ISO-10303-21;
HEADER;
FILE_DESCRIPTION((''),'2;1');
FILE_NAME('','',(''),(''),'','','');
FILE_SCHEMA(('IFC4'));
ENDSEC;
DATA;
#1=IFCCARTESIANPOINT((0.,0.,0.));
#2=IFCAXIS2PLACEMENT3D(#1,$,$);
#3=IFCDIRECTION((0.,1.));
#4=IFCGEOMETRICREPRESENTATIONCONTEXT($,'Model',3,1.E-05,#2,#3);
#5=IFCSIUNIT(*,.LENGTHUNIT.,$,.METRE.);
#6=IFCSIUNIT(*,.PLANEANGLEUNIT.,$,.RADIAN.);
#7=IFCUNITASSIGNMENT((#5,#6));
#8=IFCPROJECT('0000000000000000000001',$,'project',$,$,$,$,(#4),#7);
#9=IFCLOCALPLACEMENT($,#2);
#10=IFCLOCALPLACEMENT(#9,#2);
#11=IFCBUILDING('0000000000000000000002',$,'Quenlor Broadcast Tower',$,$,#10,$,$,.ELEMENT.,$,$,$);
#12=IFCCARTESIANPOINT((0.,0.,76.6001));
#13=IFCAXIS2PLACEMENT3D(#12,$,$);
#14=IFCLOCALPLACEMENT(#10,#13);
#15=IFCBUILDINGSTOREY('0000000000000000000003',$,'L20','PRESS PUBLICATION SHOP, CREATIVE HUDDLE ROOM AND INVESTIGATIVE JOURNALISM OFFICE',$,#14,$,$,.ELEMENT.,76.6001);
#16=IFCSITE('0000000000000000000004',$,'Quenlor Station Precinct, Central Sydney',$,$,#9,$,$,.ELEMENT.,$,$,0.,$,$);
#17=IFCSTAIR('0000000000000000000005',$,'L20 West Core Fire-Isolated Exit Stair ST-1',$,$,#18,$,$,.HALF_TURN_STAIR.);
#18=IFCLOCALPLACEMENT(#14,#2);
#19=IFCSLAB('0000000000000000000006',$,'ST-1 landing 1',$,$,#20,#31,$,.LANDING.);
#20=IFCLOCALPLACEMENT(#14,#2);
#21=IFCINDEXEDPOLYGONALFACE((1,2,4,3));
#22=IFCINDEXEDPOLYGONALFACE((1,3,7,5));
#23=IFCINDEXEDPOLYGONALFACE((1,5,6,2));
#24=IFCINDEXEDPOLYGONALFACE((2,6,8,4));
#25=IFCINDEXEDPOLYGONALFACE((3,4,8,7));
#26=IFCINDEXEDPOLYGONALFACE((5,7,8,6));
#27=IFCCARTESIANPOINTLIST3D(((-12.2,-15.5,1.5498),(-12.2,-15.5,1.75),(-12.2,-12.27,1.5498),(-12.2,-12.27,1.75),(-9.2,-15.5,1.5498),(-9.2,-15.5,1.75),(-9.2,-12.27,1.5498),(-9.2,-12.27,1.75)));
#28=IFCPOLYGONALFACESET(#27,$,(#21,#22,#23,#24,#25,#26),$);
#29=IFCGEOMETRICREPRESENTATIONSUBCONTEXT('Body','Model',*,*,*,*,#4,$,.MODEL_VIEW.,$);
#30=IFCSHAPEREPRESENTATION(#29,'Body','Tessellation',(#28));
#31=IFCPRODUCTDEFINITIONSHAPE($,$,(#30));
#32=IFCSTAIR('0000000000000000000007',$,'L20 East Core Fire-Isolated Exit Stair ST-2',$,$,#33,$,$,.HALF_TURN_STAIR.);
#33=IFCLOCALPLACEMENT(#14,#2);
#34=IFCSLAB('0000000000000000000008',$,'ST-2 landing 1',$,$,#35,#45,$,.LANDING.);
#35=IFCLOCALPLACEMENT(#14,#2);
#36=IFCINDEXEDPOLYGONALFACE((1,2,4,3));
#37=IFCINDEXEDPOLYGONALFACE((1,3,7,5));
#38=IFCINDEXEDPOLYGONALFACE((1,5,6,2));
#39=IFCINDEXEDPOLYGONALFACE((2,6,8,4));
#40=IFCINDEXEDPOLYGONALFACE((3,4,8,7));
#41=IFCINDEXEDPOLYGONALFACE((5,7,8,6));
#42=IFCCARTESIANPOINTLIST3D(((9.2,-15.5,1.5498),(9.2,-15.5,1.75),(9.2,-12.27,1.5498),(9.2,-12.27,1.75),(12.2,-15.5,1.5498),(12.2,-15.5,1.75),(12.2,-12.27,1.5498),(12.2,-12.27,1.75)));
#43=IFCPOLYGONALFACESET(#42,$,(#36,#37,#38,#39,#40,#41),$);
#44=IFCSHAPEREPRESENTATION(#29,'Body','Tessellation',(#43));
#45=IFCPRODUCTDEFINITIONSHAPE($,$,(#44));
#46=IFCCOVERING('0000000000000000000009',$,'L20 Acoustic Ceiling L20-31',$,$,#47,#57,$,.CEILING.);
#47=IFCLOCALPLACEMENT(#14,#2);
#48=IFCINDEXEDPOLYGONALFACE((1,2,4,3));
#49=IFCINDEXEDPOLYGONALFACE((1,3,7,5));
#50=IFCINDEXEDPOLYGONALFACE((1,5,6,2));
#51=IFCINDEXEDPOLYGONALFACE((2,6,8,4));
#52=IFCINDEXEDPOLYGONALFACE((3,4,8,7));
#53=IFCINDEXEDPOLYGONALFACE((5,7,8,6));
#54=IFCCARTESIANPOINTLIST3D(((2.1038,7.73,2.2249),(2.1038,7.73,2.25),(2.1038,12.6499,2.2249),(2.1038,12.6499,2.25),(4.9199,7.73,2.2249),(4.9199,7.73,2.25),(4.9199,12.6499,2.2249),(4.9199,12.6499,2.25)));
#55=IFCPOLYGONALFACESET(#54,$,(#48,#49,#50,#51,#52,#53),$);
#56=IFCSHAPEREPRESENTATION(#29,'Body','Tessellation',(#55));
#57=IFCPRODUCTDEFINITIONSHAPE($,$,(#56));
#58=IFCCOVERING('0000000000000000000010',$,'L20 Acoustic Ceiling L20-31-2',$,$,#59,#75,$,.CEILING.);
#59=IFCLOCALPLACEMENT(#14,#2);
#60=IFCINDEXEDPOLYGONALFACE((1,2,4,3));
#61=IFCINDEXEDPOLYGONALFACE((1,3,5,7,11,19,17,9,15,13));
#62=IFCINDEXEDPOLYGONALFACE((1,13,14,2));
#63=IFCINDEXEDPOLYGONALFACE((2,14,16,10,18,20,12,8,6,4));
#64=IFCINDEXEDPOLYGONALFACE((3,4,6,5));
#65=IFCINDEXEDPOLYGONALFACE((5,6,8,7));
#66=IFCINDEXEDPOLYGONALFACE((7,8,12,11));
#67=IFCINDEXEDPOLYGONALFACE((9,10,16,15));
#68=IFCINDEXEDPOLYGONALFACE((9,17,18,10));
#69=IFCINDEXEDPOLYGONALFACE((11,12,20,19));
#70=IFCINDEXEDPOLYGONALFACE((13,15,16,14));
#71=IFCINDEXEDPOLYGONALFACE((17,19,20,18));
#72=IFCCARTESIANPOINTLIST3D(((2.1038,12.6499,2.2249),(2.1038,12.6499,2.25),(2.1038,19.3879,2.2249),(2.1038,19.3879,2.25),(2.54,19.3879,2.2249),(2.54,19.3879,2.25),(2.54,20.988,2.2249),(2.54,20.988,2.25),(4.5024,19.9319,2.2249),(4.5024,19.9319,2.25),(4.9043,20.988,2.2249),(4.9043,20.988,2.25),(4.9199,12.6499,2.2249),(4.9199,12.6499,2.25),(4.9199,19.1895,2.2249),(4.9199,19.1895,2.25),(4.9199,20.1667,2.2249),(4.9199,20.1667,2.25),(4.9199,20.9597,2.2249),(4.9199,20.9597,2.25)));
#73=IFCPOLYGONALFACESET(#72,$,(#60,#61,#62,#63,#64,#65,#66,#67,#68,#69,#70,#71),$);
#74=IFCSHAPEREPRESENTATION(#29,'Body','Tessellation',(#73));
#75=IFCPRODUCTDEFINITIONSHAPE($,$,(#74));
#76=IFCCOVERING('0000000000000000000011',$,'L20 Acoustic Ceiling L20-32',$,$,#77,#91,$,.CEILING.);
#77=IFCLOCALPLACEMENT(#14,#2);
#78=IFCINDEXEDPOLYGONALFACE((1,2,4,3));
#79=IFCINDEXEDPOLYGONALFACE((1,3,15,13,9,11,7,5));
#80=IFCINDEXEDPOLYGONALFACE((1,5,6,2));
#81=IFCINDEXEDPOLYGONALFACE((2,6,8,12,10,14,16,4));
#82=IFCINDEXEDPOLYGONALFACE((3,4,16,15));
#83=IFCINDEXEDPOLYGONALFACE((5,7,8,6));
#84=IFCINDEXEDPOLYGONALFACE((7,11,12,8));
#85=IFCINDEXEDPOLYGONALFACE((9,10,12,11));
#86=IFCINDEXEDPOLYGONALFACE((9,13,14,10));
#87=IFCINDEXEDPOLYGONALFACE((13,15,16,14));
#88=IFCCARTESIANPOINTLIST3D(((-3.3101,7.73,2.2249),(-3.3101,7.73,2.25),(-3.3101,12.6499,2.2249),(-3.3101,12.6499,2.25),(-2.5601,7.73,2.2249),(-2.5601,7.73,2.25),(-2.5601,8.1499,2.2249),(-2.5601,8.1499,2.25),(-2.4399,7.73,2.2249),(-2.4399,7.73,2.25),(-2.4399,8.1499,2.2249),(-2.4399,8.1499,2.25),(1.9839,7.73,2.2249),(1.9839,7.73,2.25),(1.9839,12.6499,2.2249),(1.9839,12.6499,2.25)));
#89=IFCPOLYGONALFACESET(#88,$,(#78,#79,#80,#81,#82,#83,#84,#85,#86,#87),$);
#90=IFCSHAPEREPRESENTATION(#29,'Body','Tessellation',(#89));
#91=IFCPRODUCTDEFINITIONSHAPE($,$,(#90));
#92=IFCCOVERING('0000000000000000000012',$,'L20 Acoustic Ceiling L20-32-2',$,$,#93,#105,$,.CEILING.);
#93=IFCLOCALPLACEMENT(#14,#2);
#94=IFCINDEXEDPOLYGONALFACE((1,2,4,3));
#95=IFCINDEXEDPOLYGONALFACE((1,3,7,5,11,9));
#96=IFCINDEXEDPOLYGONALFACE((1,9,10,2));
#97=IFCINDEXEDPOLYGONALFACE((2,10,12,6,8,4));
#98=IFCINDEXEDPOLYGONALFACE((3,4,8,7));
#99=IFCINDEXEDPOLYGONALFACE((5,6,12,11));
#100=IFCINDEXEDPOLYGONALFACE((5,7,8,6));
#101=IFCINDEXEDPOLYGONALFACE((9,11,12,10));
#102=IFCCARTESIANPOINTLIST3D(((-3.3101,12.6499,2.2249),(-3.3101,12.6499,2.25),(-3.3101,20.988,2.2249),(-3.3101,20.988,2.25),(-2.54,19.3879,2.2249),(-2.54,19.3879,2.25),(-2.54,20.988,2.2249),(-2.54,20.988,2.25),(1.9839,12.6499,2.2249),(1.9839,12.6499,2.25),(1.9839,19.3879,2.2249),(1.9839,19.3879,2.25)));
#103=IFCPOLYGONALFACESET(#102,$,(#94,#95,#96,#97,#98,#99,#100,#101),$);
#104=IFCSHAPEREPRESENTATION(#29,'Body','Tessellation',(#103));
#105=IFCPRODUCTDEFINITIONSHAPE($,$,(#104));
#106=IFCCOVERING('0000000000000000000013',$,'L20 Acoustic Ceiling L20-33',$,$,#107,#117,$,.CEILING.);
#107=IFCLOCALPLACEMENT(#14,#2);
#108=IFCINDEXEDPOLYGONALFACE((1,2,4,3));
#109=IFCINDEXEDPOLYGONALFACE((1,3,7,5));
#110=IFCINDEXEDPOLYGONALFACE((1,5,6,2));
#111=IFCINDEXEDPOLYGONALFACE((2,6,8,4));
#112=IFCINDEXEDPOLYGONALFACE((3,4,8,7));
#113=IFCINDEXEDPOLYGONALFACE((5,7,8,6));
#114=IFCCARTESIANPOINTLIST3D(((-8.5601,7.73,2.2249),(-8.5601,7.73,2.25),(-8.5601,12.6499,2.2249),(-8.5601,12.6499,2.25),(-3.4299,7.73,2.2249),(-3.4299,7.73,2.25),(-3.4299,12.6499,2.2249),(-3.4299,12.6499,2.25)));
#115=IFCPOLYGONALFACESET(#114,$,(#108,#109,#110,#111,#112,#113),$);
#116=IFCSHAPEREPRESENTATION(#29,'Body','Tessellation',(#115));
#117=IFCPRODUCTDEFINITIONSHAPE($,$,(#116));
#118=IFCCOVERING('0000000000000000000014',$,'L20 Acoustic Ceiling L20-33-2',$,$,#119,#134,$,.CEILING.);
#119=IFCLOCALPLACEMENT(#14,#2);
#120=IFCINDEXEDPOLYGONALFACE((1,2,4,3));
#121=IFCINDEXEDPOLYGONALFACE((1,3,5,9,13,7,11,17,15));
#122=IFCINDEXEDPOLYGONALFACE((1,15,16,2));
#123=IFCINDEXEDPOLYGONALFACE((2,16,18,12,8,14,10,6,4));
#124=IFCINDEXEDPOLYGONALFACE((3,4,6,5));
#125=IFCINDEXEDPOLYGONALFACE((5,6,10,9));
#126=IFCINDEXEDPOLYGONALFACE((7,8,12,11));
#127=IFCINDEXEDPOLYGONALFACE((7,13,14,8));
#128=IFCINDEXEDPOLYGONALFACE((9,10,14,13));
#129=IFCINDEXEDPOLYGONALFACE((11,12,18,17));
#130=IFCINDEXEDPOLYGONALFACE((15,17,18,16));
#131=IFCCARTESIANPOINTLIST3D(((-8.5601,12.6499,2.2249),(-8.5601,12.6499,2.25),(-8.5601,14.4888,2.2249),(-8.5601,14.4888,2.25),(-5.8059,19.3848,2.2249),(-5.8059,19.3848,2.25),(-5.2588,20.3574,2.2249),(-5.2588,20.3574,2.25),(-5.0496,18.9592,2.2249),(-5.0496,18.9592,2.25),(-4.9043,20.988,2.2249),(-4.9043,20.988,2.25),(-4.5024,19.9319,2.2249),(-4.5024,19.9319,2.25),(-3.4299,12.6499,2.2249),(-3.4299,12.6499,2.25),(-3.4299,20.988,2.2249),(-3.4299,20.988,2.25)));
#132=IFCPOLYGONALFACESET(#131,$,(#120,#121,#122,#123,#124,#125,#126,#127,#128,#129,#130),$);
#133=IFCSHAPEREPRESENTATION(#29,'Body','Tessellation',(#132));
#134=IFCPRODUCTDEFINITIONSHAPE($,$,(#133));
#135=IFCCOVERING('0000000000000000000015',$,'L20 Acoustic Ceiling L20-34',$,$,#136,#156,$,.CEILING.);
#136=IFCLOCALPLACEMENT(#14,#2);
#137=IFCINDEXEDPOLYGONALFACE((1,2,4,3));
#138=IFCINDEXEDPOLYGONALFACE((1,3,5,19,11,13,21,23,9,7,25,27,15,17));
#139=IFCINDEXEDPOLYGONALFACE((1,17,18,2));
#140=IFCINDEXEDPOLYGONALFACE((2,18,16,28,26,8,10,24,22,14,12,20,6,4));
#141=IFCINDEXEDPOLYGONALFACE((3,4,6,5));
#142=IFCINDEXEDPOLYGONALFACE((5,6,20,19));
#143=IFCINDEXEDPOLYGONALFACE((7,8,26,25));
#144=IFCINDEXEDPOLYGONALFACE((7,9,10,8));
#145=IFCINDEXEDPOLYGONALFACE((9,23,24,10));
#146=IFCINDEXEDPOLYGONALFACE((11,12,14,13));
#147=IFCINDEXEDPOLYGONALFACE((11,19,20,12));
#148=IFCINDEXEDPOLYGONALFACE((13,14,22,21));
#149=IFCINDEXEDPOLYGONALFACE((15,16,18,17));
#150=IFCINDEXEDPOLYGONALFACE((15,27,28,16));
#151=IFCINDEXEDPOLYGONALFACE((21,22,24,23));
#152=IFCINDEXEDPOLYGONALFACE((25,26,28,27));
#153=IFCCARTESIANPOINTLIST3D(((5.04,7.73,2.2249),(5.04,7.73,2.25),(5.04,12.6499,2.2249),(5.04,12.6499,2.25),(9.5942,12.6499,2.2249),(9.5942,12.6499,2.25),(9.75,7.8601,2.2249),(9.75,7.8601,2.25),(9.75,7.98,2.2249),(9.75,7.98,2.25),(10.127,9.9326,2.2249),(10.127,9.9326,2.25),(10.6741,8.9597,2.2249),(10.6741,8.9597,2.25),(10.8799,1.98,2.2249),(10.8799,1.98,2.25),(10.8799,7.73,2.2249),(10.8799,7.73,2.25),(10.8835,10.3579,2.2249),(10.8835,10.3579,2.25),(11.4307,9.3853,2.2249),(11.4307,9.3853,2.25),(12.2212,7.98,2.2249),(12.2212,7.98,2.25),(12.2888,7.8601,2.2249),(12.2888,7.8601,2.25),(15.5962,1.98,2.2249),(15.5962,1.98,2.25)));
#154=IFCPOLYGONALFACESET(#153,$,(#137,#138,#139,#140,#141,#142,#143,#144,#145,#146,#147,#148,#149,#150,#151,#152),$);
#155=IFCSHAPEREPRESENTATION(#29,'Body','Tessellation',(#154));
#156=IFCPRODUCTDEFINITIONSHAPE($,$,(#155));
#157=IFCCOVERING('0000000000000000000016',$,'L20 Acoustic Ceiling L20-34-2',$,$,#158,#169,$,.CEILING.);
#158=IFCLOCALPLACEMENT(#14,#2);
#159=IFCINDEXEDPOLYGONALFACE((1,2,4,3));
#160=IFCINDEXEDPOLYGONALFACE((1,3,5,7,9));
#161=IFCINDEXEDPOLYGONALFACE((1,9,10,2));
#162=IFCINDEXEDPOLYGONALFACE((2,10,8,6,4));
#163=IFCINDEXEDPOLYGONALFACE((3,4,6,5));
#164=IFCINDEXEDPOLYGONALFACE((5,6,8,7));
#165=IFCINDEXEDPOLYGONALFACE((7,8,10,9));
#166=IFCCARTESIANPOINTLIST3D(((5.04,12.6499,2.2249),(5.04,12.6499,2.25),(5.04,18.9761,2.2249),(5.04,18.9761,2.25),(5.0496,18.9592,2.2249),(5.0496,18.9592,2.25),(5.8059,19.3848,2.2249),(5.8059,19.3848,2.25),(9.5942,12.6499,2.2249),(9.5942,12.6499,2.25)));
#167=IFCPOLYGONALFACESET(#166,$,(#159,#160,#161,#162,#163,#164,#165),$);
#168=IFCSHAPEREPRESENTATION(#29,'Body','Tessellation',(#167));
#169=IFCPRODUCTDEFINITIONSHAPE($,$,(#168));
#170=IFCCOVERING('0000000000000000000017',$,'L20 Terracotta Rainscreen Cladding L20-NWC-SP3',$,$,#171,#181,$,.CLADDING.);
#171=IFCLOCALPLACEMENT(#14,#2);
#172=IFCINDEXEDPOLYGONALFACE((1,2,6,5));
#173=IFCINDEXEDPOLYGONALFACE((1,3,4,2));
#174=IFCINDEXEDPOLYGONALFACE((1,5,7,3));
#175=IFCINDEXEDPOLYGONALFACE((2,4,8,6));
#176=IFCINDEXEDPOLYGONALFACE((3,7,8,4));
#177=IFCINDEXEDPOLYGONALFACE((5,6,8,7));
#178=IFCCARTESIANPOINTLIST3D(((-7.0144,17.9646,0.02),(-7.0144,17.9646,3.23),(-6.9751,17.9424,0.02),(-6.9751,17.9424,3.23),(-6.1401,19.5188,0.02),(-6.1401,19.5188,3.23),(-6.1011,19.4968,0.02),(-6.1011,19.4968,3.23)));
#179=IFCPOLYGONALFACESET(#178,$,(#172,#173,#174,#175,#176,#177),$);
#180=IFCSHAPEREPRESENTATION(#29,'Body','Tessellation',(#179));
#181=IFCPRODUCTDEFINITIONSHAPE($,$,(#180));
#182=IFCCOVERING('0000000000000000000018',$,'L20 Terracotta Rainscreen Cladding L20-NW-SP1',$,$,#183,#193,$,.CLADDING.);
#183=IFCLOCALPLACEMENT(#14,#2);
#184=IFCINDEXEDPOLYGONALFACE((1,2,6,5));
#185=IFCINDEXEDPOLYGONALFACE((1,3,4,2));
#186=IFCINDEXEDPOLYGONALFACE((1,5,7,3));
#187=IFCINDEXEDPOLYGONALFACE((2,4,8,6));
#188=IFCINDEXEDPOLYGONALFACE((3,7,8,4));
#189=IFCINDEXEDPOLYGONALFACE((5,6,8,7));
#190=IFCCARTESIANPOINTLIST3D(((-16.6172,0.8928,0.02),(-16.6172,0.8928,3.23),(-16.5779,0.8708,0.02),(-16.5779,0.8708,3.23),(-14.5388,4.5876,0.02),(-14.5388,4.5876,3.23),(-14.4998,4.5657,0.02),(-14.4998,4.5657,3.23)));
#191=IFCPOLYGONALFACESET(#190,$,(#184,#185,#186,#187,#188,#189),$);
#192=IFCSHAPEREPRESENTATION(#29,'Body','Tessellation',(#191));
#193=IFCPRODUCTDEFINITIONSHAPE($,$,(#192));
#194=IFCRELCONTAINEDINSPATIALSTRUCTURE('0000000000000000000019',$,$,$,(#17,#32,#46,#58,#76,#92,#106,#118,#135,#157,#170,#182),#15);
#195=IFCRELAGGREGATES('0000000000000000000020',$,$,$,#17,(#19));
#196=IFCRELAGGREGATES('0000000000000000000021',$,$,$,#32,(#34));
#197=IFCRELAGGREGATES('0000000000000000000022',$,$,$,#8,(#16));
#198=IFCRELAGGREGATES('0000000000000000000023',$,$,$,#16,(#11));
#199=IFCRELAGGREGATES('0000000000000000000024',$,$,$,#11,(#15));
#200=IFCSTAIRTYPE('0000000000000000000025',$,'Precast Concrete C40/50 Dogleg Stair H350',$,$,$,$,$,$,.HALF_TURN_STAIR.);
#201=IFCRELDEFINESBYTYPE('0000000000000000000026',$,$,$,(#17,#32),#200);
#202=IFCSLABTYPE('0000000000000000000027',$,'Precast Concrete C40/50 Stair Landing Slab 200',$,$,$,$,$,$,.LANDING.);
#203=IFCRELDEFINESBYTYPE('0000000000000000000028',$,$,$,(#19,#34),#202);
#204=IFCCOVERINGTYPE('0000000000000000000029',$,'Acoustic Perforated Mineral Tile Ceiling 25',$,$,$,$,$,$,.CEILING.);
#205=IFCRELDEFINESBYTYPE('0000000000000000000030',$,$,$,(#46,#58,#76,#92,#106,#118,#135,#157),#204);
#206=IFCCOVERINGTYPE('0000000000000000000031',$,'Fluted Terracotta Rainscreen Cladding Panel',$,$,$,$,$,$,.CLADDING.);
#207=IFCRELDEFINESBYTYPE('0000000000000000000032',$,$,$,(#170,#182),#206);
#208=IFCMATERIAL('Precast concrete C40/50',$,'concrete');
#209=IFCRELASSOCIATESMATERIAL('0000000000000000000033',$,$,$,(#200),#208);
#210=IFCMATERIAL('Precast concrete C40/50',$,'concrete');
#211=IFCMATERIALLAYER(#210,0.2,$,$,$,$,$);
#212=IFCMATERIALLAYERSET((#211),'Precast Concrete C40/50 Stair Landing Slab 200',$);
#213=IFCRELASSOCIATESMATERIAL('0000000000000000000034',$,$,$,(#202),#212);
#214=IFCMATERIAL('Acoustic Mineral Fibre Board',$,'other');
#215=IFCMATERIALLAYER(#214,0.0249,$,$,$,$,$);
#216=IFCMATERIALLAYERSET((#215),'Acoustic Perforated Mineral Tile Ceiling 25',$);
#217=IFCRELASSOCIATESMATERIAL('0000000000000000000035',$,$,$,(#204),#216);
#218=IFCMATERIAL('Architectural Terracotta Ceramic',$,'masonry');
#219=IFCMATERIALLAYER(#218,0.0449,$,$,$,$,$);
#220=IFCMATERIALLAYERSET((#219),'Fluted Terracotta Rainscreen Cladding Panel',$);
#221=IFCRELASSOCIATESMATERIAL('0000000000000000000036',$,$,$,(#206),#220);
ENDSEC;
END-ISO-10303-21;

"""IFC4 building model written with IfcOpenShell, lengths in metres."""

from ifc_helpers import new_model, si_unit, direction, frame, origin, place, context, subcontext, project, spatial, polyline, outline, extrude, material, layer, layer_set, type_object, element, aggregate, save


model = new_model("IFC4")

# Units and contexts
model_context = context("Model", 3, precision=1e-05, world=origin(), true_north=direction((0.0, 1.0)))
body_context = subcontext(model_context, "Body", "Model", "MODEL_VIEW")
ifc_project = project(units=[si_unit("LENGTHUNIT", "METRE"), si_unit("PLANEANGLEUNIT", "RADIAN")], contexts=[model_context])

# Site, building, storey
site_placement = place(None, origin())
site = spatial("IfcSite", under=ifc_project, at=site_placement, Name="Quenlor Station Precinct, Central Sydney", CompositionType="ELEMENT", RefElevation=0.0)
building_placement = place(site_placement, origin())
building = spatial("IfcBuilding", under=site, at=building_placement, Name="Quenlor Broadcast Tower", CompositionType="ELEMENT")
storey_placement = place(building_placement, frame((0.0, 0.0, 76.6001)))
storey = spatial("IfcBuildingStorey", under=building, at=storey_placement, Name="L20", Description="PRESS PUBLICATION SHOP, CREATIVE HUDDLE ROOM AND INVESTIGATIVE JOURNALISM OFFICE", CompositionType="ELEMENT", Elevation=76.6001)

# Stairs, slabs
ifc_material_1 = material(Name="Precast concrete C40/50", Category="concrete")
stair_type = type_object("IfcStairType", Name="Precast Concrete C40/50 Dogleg Stair H350", PredefinedType="HALF_TURN_STAIR", material=ifc_material_1)
stair_1_placement = place(storey_placement, origin())
stair_1 = element("IfcStair", 1, at=stair_1_placement, inside=storey, type_object=stair_type, Name="L20 West Core Fire-Isolated Exit Stair ST-1", PredefinedType="HALF_TURN_STAIR")
ifc_material_2 = material(Name="Precast concrete C40/50", Category="concrete")
ifc_layer_1 = layer(ifc_material_2, 0.2)
ifc_layer_set_1 = layer_set([ifc_layer_1], Name="Precast Concrete C40/50 Stair Landing Slab 200")
slab_type = type_object("IfcSlabType", Name="Precast Concrete C40/50 Stair Landing Slab 200", PredefinedType="LANDING", material=ifc_layer_set_1)
slab_1_placement = place(storey_placement, frame((0.0, 0.0, 1.5498)))
slab_1 = element("IfcSlab", 2, at=slab_1_placement, type_object=slab_type, Name="ST-1 landing 1", PredefinedType="LANDING", context=body_context, shape_type="SweptSolid", body=[
    extrude(outline(polyline([(-12.2, -12.27), (-12.2, -15.5), (-9.2, -15.5), (-9.2, -12.27), (-12.2, -12.27)])), origin(), (0.0, 0.0, 1.0), 0.2002),
])
aggregate(stair_1, [slab_1])
stair_2_placement = place(storey_placement, origin())
stair_2 = element("IfcStair", 3, at=stair_2_placement, inside=storey, type_object=stair_type, Name="L20 East Core Fire-Isolated Exit Stair ST-2", PredefinedType="HALF_TURN_STAIR")
slab_2_placement = place(storey_placement, frame((0.0, 0.0, 1.5498)))
slab_2 = element("IfcSlab", 4, at=slab_2_placement, type_object=slab_type, Name="ST-2 landing 1", PredefinedType="LANDING", context=body_context, shape_type="SweptSolid", body=[
    extrude(outline(polyline([(9.2, -12.27), (9.2, -15.5), (12.2, -15.5), (12.2, -12.27), (9.2, -12.27)])), origin(), (0.0, 0.0, 1.0), 0.2002),
])
aggregate(stair_2, [slab_2])

# Coverings
ifc_material_3 = material(Name="Acoustic Mineral Fibre Board", Category="other")
ifc_layer_2 = layer(ifc_material_3, 0.0249)
ifc_layer_set_2 = layer_set([ifc_layer_2], Name="Acoustic Perforated Mineral Tile Ceiling 25")
covering_type_1 = type_object("IfcCoveringType", Name="Acoustic Perforated Mineral Tile Ceiling 25", PredefinedType="CEILING", material=ifc_layer_set_2)
covering_1_placement = place(storey_placement, frame((0.0, 0.0, 2.2249)))
element("IfcCovering", 5, at=covering_1_placement, inside=storey, type_object=covering_type_1, Name="L20 Acoustic Ceiling L20-31", PredefinedType="CEILING", context=body_context, shape_type="SweptSolid", body=[
    extrude(outline(polyline([(4.9199, 7.73), (2.1038, 7.73), (2.1038, 12.6499), (4.9199, 12.6499), (4.9199, 7.73)])), origin(), (0.0, 0.0, 1.0), 0.0251),
])
covering_2_placement = place(storey_placement, frame((0.0, 0.0, 2.2249)))
element("IfcCovering", 6, at=covering_2_placement, inside=storey, type_object=covering_type_1, Name="L20 Acoustic Ceiling L20-31-2", PredefinedType="CEILING", context=body_context, shape_type="SweptSolid", body=[
    extrude(outline(polyline([(4.9199, 20.1667), (4.5024, 19.9319), (4.9199, 19.1895), (4.9199, 12.6499), (2.1038, 12.6499), (2.1038, 19.3879), (2.54, 19.3879), (2.54, 20.988), (4.9043, 20.988), (4.9199, 20.9597), (4.9199, 20.1667)])), origin(), (0.0, 0.0, 1.0), 0.0251),
])
covering_3_placement = place(storey_placement, frame((0.0, 0.0, 2.2249)))
element("IfcCovering", 7, at=covering_3_placement, inside=storey, type_object=covering_type_1, Name="L20 Acoustic Ceiling L20-32", PredefinedType="CEILING", context=body_context, shape_type="SweptSolid", body=[
    extrude(outline(polyline([(-2.5601, 7.73), (-3.3101, 7.73), (-3.3101, 12.6499), (1.9839, 12.6499), (1.9839, 7.73), (-2.4399, 7.73), (-2.4399, 8.1499), (-2.5601, 8.1499), (-2.5601, 7.73)])), origin(), (0.0, 0.0, 1.0), 0.0251),
])
covering_4_placement = place(storey_placement, frame((0.0, 0.0, 2.2249)))
element("IfcCovering", 8, at=covering_4_placement, inside=storey, type_object=covering_type_1, Name="L20 Acoustic Ceiling L20-32-2", PredefinedType="CEILING", context=body_context, shape_type="SweptSolid", body=[
    extrude(outline(polyline([(-3.3101, 20.988), (-2.54, 20.988), (-2.54, 19.3879), (1.9839, 19.3879), (1.9839, 12.6499), (-3.3101, 12.6499), (-3.3101, 20.988)])), origin(), (0.0, 0.0, 1.0), 0.0251),
])
covering_5_placement = place(storey_placement, frame((0.0, 0.0, 2.2249)))
element("IfcCovering", 9, at=covering_5_placement, inside=storey, type_object=covering_type_1, Name="L20 Acoustic Ceiling L20-33", PredefinedType="CEILING", context=body_context, shape_type="SweptSolid", body=[
    extrude(outline(polyline([(-3.4299, 7.73), (-8.5601, 7.73), (-8.5601, 12.6499), (-3.4299, 12.6499), (-3.4299, 7.73)])), origin(), (0.0, 0.0, 1.0), 0.0251),
])
covering_6_placement = place(storey_placement, frame((0.0, 0.0, 2.2249)))
element("IfcCovering", 10, at=covering_6_placement, inside=storey, type_object=covering_type_1, Name="L20 Acoustic Ceiling L20-33-2", PredefinedType="CEILING", context=body_context, shape_type="SweptSolid", body=[
    extrude(outline(polyline([(-5.8059, 19.3848), (-5.0496, 18.9592), (-4.5024, 19.9319), (-5.2588, 20.3574), (-4.9043, 20.988), (-3.4299, 20.988), (-3.4299, 12.6499), (-8.5601, 12.6499), (-8.5601, 14.4888), (-5.8059, 19.3848)])), origin(), (0.0, 0.0, 1.0), 0.0251),
])
covering_7_placement = place(storey_placement, frame((0.0, 0.0, 2.2249)))
element("IfcCovering", 11, at=covering_7_placement, inside=storey, type_object=covering_type_1, Name="L20 Acoustic Ceiling L20-34", PredefinedType="CEILING", context=body_context, shape_type="SweptSolid", body=[
    extrude(outline(polyline([(12.2888, 7.8601), (15.5962, 1.98), (10.8799, 1.98), (10.8799, 7.73), (5.04, 7.73), (5.04, 12.6499), (9.5942, 12.6499), (10.8835, 10.3579), (10.127, 9.9326), (10.6741, 8.9597), (11.4307, 9.3853), (12.2212, 7.98), (9.75, 7.98), (9.75, 7.8601), (12.2888, 7.8601)])), origin(), (0.0, 0.0, 1.0), 0.0251),
])
covering_8_placement = place(storey_placement, frame((0.0, 0.0, 2.2249)))
element("IfcCovering", 12, at=covering_8_placement, inside=storey, type_object=covering_type_1, Name="L20 Acoustic Ceiling L20-34-2", PredefinedType="CEILING", context=body_context, shape_type="SweptSolid", body=[
    extrude(outline(polyline([(5.04, 18.9761), (5.0496, 18.9592), (5.8059, 19.3848), (9.5942, 12.6499), (5.04, 12.6499), (5.04, 18.9761)])), origin(), (0.0, 0.0, 1.0), 0.0251),
])
ifc_material_4 = material(Name="Architectural Terracotta Ceramic", Category="masonry")
ifc_layer_3 = layer(ifc_material_4, 0.0449)
ifc_layer_set_3 = layer_set([ifc_layer_3], Name="Fluted Terracotta Rainscreen Cladding Panel")
covering_type_2 = type_object("IfcCoveringType", Name="Fluted Terracotta Rainscreen Cladding Panel", PredefinedType="CLADDING", material=ifc_layer_set_3)
covering_9_placement = place(storey_placement, frame((0.0, 0.0, 0.02)))
element("IfcCovering", 13, at=covering_9_placement, inside=storey, type_object=covering_type_2, Name="L20 Terracotta Rainscreen Cladding L20-NWC-SP3", PredefinedType="CLADDING", context=body_context, shape_type="SweptSolid", body=[
    extrude(outline(polyline([(-6.9751, 17.9424), (-6.1011, 19.4968), (-6.1401, 19.5188), (-7.0144, 17.9646), (-6.9751, 17.9424)])), origin(), (0.0, 0.0, 1.0), 3.21),
])
covering_10_placement = place(storey_placement, frame((0.0, 0.0, 0.02)))
element("IfcCovering", 14, at=covering_10_placement, inside=storey, type_object=covering_type_2, Name="L20 Terracotta Rainscreen Cladding L20-NW-SP1", PredefinedType="CLADDING", context=body_context, shape_type="SweptSolid", body=[
    extrude(outline(polyline([(-16.5779, 0.8708), (-14.4998, 4.5657), (-14.5388, 4.5876), (-16.6172, 0.8928), (-16.5779, 0.8708)])), origin(), (0.0, 0.0, 1.0), 3.21),
])

save(model, "model.ifc")
